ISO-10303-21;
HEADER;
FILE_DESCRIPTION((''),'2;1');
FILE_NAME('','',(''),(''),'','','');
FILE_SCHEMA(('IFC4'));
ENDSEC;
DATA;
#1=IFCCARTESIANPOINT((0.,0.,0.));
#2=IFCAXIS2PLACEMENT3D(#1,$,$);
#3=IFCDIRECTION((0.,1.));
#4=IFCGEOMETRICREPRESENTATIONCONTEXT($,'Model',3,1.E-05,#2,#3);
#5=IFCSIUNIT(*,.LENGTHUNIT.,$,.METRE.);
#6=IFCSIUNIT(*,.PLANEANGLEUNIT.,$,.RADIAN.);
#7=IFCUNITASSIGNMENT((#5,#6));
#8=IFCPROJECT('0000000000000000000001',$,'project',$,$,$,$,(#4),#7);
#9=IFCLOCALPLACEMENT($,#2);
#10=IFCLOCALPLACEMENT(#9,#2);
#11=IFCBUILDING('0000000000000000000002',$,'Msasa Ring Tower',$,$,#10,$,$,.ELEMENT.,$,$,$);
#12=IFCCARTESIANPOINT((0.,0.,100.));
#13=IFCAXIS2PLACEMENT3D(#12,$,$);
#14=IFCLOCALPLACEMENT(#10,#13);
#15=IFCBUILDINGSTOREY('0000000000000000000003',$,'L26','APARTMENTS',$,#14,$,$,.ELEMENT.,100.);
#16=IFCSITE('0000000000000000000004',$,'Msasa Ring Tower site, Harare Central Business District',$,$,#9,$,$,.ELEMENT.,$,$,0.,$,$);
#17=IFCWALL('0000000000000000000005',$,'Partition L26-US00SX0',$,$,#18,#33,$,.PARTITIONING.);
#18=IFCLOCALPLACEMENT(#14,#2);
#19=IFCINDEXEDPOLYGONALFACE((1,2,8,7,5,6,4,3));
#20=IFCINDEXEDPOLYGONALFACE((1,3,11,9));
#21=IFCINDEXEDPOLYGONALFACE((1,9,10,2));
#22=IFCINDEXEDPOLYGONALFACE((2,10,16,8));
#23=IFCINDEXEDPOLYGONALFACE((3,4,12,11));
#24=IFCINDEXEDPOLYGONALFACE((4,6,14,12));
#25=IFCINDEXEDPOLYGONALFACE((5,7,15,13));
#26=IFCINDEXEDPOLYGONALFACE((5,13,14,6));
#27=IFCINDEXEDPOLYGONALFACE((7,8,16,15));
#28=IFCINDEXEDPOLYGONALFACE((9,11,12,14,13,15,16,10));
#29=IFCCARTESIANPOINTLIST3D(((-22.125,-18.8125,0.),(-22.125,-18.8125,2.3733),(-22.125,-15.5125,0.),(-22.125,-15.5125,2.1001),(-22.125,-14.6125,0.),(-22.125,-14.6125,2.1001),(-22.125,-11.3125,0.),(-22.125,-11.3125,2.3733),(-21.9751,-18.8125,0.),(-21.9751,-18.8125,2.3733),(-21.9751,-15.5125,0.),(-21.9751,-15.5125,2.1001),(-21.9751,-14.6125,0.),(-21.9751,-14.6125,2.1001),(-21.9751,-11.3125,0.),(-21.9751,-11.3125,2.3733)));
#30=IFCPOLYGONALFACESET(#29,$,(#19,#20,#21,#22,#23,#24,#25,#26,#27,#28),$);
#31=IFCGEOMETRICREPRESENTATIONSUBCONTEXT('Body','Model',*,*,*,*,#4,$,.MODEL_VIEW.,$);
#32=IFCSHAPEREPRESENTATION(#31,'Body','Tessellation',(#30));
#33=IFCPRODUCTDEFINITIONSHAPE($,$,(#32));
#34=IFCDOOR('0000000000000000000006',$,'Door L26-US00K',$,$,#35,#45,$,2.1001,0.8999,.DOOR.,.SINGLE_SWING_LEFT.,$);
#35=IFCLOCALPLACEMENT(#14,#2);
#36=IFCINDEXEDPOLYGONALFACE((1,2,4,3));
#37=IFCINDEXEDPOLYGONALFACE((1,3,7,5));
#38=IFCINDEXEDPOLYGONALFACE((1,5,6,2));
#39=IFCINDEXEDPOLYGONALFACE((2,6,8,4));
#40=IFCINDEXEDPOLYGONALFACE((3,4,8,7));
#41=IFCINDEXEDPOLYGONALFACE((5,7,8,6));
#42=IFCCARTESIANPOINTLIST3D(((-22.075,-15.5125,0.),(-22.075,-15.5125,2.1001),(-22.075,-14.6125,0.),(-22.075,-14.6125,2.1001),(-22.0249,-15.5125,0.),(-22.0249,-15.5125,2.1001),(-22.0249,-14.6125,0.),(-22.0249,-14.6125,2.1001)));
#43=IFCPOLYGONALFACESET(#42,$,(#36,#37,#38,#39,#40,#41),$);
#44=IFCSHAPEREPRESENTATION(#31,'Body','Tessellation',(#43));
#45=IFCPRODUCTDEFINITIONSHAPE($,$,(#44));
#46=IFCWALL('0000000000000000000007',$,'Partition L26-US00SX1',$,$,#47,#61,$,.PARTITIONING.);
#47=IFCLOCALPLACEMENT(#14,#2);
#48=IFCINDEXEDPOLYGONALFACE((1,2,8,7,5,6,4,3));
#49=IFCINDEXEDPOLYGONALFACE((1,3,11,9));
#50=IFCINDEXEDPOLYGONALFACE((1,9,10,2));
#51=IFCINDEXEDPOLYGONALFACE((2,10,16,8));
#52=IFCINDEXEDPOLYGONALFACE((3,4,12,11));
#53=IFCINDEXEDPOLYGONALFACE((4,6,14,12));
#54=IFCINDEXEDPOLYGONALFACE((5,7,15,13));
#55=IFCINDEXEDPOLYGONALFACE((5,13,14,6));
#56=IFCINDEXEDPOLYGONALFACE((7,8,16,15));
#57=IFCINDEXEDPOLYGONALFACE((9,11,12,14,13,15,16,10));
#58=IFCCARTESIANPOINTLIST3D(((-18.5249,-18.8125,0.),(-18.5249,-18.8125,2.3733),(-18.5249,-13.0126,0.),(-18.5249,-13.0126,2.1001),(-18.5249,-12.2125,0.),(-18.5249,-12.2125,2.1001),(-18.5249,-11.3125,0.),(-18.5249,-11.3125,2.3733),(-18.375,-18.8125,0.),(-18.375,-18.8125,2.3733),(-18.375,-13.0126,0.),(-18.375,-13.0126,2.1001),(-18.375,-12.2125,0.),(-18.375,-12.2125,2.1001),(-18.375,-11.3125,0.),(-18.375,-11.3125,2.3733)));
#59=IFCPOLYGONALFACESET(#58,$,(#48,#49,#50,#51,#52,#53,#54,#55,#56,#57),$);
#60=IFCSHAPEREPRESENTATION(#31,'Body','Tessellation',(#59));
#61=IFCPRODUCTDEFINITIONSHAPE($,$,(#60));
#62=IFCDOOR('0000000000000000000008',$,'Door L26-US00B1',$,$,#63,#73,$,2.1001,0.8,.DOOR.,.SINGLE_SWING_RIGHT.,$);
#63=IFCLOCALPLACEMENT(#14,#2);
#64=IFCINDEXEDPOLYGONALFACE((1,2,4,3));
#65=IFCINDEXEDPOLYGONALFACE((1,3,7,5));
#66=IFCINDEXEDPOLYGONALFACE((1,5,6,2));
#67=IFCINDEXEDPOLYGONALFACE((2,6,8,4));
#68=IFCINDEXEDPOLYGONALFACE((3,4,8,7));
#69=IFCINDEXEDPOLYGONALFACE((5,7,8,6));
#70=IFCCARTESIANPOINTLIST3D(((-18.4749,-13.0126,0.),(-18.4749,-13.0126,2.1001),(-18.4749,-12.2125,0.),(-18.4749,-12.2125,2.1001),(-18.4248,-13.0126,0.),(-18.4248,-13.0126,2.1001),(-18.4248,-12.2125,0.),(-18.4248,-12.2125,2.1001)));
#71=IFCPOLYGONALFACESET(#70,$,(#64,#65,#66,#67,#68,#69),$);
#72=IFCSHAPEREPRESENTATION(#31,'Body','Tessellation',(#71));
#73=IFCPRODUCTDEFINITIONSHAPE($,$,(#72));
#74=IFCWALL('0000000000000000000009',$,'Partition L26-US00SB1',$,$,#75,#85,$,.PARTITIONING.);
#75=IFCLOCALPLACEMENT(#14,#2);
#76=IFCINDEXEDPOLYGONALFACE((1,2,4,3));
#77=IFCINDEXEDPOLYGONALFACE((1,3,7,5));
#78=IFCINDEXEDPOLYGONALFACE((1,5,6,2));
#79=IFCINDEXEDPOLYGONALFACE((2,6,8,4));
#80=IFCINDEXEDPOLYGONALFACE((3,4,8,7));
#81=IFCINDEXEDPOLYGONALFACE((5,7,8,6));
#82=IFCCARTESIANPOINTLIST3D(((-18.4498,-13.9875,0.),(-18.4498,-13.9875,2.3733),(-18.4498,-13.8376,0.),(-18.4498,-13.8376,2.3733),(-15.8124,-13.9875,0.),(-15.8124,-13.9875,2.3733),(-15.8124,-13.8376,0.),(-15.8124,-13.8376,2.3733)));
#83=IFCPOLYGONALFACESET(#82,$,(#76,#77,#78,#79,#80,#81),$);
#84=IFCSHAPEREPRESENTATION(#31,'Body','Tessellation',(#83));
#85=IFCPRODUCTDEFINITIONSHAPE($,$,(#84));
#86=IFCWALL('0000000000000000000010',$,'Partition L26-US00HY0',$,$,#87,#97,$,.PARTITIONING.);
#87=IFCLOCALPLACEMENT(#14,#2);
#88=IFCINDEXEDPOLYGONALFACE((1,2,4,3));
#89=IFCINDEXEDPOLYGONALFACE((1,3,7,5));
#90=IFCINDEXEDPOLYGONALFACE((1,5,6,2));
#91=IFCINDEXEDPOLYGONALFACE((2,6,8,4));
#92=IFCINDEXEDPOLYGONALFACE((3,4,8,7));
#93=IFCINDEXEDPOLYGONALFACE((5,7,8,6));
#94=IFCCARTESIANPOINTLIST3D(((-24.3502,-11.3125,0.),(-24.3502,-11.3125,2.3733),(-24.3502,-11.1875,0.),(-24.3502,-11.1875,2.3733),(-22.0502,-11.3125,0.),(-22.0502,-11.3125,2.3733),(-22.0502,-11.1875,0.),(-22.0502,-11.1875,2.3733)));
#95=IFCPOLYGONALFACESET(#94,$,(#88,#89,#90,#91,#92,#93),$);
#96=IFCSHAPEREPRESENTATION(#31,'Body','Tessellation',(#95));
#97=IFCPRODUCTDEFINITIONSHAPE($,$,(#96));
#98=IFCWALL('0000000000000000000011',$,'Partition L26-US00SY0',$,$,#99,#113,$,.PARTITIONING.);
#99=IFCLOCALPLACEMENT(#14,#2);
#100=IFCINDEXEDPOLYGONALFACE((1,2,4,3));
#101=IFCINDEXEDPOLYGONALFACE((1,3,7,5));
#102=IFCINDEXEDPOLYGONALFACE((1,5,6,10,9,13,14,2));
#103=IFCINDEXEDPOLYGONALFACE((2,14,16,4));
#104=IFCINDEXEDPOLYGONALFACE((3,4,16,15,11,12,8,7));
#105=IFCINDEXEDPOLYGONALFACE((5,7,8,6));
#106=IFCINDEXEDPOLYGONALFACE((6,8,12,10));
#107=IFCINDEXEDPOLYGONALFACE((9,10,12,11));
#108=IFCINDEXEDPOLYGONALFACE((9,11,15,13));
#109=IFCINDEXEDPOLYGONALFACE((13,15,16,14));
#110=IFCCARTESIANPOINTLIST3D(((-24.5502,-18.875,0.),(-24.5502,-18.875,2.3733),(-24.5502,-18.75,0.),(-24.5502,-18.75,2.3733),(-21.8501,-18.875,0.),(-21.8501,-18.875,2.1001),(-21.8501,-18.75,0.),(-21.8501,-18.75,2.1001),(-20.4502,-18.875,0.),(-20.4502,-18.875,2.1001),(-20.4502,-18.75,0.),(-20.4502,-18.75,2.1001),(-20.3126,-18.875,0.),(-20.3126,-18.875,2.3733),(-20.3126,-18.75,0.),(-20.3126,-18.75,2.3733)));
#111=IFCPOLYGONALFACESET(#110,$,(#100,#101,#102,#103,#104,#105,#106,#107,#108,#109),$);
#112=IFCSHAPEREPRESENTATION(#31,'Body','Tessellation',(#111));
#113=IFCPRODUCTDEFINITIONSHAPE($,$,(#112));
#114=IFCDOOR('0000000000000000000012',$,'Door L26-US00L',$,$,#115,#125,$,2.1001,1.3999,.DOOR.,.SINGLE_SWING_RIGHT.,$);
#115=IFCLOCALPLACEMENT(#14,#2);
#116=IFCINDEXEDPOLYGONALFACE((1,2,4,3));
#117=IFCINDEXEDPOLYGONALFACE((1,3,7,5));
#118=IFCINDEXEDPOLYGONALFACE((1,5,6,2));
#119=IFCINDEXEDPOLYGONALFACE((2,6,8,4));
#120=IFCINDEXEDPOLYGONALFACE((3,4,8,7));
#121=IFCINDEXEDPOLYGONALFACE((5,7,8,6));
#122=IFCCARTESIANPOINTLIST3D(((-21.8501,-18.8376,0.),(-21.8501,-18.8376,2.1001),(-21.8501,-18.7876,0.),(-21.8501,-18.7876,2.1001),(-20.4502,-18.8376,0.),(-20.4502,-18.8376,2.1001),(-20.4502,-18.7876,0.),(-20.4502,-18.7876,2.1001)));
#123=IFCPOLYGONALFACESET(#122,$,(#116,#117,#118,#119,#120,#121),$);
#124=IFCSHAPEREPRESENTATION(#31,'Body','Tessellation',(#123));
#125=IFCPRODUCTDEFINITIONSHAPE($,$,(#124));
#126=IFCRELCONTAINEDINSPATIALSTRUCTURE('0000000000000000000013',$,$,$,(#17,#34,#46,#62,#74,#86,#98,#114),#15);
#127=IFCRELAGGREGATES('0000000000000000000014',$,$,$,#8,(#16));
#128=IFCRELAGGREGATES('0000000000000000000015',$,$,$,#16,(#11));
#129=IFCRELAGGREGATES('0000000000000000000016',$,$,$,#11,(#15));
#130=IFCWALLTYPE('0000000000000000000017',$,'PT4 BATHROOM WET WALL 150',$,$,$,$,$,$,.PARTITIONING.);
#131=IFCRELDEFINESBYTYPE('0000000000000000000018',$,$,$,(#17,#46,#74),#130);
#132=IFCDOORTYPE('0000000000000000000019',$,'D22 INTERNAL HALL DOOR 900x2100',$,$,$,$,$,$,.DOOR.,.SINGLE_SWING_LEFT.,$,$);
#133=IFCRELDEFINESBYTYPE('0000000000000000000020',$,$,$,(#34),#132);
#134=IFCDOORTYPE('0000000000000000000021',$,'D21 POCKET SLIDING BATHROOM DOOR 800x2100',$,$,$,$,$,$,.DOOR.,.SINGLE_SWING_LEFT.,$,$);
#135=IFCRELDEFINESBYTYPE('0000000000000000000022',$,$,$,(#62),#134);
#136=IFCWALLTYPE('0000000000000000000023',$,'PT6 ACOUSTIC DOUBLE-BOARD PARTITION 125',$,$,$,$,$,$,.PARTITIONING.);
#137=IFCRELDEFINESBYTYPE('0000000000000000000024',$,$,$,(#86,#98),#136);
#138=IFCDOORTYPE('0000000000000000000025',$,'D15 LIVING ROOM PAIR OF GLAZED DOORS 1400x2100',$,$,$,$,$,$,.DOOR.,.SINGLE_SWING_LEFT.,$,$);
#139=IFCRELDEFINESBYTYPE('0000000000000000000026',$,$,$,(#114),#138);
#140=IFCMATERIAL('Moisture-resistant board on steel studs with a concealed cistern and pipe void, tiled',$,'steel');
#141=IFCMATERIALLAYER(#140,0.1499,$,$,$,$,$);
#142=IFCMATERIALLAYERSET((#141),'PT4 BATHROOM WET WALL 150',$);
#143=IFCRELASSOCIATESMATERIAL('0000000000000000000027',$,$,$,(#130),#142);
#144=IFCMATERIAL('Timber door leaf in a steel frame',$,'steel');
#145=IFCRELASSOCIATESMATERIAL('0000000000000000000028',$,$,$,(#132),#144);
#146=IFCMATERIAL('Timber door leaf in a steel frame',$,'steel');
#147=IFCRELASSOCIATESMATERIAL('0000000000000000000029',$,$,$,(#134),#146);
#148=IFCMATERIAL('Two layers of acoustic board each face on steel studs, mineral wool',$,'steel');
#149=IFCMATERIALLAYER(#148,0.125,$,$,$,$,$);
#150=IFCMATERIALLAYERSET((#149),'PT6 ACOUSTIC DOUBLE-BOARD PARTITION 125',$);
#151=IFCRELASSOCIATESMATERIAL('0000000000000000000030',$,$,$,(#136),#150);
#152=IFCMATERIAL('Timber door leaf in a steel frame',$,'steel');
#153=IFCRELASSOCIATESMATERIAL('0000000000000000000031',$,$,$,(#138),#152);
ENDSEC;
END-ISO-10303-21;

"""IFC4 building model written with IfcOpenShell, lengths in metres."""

from ifc_helpers import new_model, si_unit, direction, frame, frame_2d, origin, place, context, subcontext, project, spatial, rectangle, extrude, material, layer, layer_set, type_object, element, fill, save


model = new_model("IFC4")

# Units and contexts
model_context = context("Model", 3, precision=1e-05, world=origin(), true_north=direction((0.0, 1.0)))
body_context = subcontext(model_context, "Body", "Model", "MODEL_VIEW")
ifc_project = project(units=[si_unit("LENGTHUNIT", "METRE"), si_unit("PLANEANGLEUNIT", "RADIAN")], contexts=[model_context])

# Site, building, storey
site_placement = place(None, origin())
site = spatial("IfcSite", under=ifc_project, at=site_placement, Name="Msasa Ring Tower site, Harare Central Business District", CompositionType="ELEMENT", RefElevation=0.0)
building_placement = place(site_placement, origin())
building = spatial("IfcBuilding", under=site, at=building_placement, Name="Msasa Ring Tower", CompositionType="ELEMENT")
storey_placement = place(building_placement, frame((0.0, 0.0, 100.0)))
storey = spatial("IfcBuildingStorey", under=building, at=storey_placement, Name="L26", Description="APARTMENTS", CompositionType="ELEMENT", Elevation=100.0)

# Walls, openings, doors
ifc_material_1 = material(Name="Moisture-resistant board on steel studs with a concealed cistern and pipe void, tiled", Category="steel")
ifc_layer_1 = layer(ifc_material_1, 0.1499)
ifc_layer_set_1 = layer_set([ifc_layer_1], Name="PT4 BATHROOM WET WALL 150")
wall_type_1 = type_object("IfcWallType", Name="PT4 BATHROOM WET WALL 150", PredefinedType="PARTITIONING", material=ifc_layer_set_1)
wall_1_placement = place(storey_placement, frame((-22.05, -18.8125, 0.0), z_axis=(0.0, 0.0, 1.0), x_axis=(0.0, 1.0, 0.0)))
wall_1 = element("IfcWall", 1, at=wall_1_placement, inside=storey, type_object=wall_type_1, Name="Partition L26-US00SX0", PredefinedType="PARTITIONING", context=body_context, shape_type="SweptSolid", body=[
    extrude(rectangle(XDim=7.5, YDim=0.1499, at=frame_2d((3.75, 0.0))), origin(), (0.0, 0.0, 1.0), 2.3733),
])
opening_1_placement = place(wall_1_placement, frame((3.3, 0.0, 0.0)))
opening_1 = element("IfcOpeningElement", 2, at=opening_1_placement, cuts=wall_1, PredefinedType="OPENING", context=body_context, shape_type="SweptSolid", body=[
    extrude(rectangle(XDim=0.8999, YDim=2.1001, at=frame_2d((0.45, 1.05))), frame((0.0, 0.085, 0.0), z_axis=(0.0, -1.0, 0.0), x_axis=(1.0, 0.0, 0.0)), (0.0, 0.0, 1.0), 0.1699),
])
ifc_material_2 = material(Name="Timber door leaf in a steel frame", Category="steel")
door_type_1 = type_object("IfcDoorType", Name="D22 INTERNAL HALL DOOR 900x2100", OperationType="SINGLE_SWING_LEFT", PredefinedType="DOOR", material=ifc_material_2)
door_1_placement = place(opening_1_placement, origin())
door_1 = element("IfcDoor", 3, at=door_1_placement, inside=storey, type_object=door_type_1, Name="Door L26-US00K", OperationType="SINGLE_SWING_LEFT", OverallHeight=2.1001, OverallWidth=0.8999, PredefinedType="DOOR", context=body_context, shape_type="SweptSolid", body=[
    extrude(rectangle(XDim=0.8999, YDim=2.1001, at=frame_2d((0.45, 1.05))), frame((0.0, 0.0249, 0.0), z_axis=(0.0, -1.0, 0.0), x_axis=(1.0, 0.0, 0.0)), (0.0, 0.0, 1.0), 0.05),
])
fill(opening_1, door_1)
wall_2_placement = place(storey_placement, frame((-18.45, -18.8125, 0.0), z_axis=(0.0, 0.0, 1.0), x_axis=(0.0, 1.0, 0.0)))
wall_2 = element("IfcWall", 4, at=wall_2_placement, inside=storey, type_object=wall_type_1, Name="Partition L26-US00SX1", PredefinedType="PARTITIONING", context=body_context, shape_type="SweptSolid", body=[
    extrude(rectangle(XDim=7.5, YDim=0.1499, at=frame_2d((3.75, 0.0))), origin(), (0.0, 0.0, 1.0), 2.3733),
])
opening_2_placement = place(wall_2_placement, frame((5.8, 0.0, 0.0)))
opening_2 = element("IfcOpeningElement", 5, at=opening_2_placement, cuts=wall_2, PredefinedType="OPENING", context=body_context, shape_type="SweptSolid", body=[
    extrude(rectangle(XDim=0.8, YDim=2.1001, at=frame_2d((0.3999, 1.05))), frame((0.0, 0.085, 0.0), z_axis=(0.0, -1.0, 0.0), x_axis=(1.0, 0.0, 0.0)), (0.0, 0.0, 1.0), 0.1699),
])
ifc_material_3 = material(Name="Timber door leaf in a steel frame", Category="steel")
door_type_2 = type_object("IfcDoorType", Name="D21 POCKET SLIDING BATHROOM DOOR 800x2100", OperationType="SINGLE_SWING_LEFT", PredefinedType="DOOR", material=ifc_material_3)
door_2_placement = place(opening_2_placement, origin())
door_2 = element("IfcDoor", 6, at=door_2_placement, inside=storey, type_object=door_type_2, Name="Door L26-US00B1", OperationType="SINGLE_SWING_RIGHT", OverallHeight=2.1001, OverallWidth=0.8, PredefinedType="DOOR", context=body_context, shape_type="SweptSolid", body=[
    extrude(rectangle(XDim=0.8, YDim=2.1001, at=frame_2d((0.3999, 1.05))), frame((0.0, 0.0249, 0.0), z_axis=(0.0, -1.0, 0.0), x_axis=(1.0, 0.0, 0.0)), (0.0, 0.0, 1.0), 0.05),
])
fill(opening_2, door_2)

# Walls
wall_3_placement = place(storey_placement, frame((-18.45, -13.9126, 0.0), z_axis=(0.0, 0.0, 1.0), x_axis=(1.0, 0.0, 0.0)))
element("IfcWall", 7, at=wall_3_placement, inside=storey, type_object=wall_type_1, Name="Partition L26-US00SB1", PredefinedType="PARTITIONING", context=body_context, shape_type="SweptSolid", body=[
    extrude(rectangle(XDim=2.6375, YDim=0.1499, at=frame_2d((1.3188, 0.0))), origin(), (0.0, 0.0, 1.0), 2.3733),
])
ifc_material_4 = material(Name="Two layers of acoustic board each face on steel studs, mineral wool", Category="steel")
ifc_layer_2 = layer(ifc_material_4, 0.125)
ifc_layer_set_2 = layer_set([ifc_layer_2], Name="PT6 ACOUSTIC DOUBLE-BOARD PARTITION 125")
wall_type_2 = type_object("IfcWallType", Name="PT6 ACOUSTIC DOUBLE-BOARD PARTITION 125", PredefinedType="PARTITIONING", material=ifc_layer_set_2)
wall_4_placement = place(storey_placement, frame((-24.3501, -11.25, 0.0), z_axis=(0.0, 0.0, 1.0), x_axis=(1.0, 0.0, 0.0)))
element("IfcWall", 8, at=wall_4_placement, inside=storey, type_object=wall_type_2, Name="Partition L26-US00HY0", PredefinedType="PARTITIONING", context=body_context, shape_type="SweptSolid", body=[
    extrude(rectangle(XDim=2.3, YDim=0.125, at=frame_2d((1.1499, 0.0))), origin(), (0.0, 0.0, 1.0), 2.3733),
])

# Wall, opening, door
wall_5_placement = place(storey_placement, frame((-24.55, -18.8125, 0.0), z_axis=(0.0, 0.0, 1.0), x_axis=(1.0, 0.0, 0.0)))
wall_5 = element("IfcWall", 9, at=wall_5_placement, inside=storey, type_object=wall_type_2, Name="Partition L26-US00SY0", PredefinedType="PARTITIONING", context=body_context, shape_type="SweptSolid", body=[
    extrude(rectangle(XDim=4.2375, YDim=0.125, at=frame_2d((2.1187, 0.0))), origin(), (0.0, 0.0, 1.0), 2.3733),
])
opening_3_placement = place(wall_5_placement, frame((2.7, 0.0, 0.0)))
opening_3 = element("IfcOpeningElement", 10, at=opening_3_placement, cuts=wall_5, PredefinedType="OPENING", context=body_context, shape_type="SweptSolid", body=[
    extrude(rectangle(XDim=1.3999, YDim=2.1001, at=frame_2d((0.7, 1.05))), frame((0.0, 0.0725, 0.0), z_axis=(0.0, -1.0, 0.0), x_axis=(1.0, 0.0, 0.0)), (0.0, 0.0, 1.0), 0.145),
])
ifc_material_5 = material(Name="Timber door leaf in a steel frame", Category="steel")
door_type_3 = type_object("IfcDoorType", Name="D15 LIVING ROOM PAIR OF GLAZED DOORS 1400x2100", OperationType="SINGLE_SWING_LEFT", PredefinedType="DOOR", material=ifc_material_5)
door_3_placement = place(opening_3_placement, origin())
door_3 = element("IfcDoor", 11, at=door_3_placement, inside=storey, type_object=door_type_3, Name="Door L26-US00L", OperationType="SINGLE_SWING_RIGHT", OverallHeight=2.1001, OverallWidth=1.3999, PredefinedType="DOOR", context=body_context, shape_type="SweptSolid", body=[
    extrude(rectangle(XDim=1.3999, YDim=2.1001, at=frame_2d((0.7, 1.05))), frame((0.0, 0.0249, 0.0), z_axis=(0.0, -1.0, 0.0), x_axis=(1.0, 0.0, 0.0)), (0.0, 0.0, 1.0), 0.05),
])
fill(opening_3, door_3)

save(model, "model.ifc")
